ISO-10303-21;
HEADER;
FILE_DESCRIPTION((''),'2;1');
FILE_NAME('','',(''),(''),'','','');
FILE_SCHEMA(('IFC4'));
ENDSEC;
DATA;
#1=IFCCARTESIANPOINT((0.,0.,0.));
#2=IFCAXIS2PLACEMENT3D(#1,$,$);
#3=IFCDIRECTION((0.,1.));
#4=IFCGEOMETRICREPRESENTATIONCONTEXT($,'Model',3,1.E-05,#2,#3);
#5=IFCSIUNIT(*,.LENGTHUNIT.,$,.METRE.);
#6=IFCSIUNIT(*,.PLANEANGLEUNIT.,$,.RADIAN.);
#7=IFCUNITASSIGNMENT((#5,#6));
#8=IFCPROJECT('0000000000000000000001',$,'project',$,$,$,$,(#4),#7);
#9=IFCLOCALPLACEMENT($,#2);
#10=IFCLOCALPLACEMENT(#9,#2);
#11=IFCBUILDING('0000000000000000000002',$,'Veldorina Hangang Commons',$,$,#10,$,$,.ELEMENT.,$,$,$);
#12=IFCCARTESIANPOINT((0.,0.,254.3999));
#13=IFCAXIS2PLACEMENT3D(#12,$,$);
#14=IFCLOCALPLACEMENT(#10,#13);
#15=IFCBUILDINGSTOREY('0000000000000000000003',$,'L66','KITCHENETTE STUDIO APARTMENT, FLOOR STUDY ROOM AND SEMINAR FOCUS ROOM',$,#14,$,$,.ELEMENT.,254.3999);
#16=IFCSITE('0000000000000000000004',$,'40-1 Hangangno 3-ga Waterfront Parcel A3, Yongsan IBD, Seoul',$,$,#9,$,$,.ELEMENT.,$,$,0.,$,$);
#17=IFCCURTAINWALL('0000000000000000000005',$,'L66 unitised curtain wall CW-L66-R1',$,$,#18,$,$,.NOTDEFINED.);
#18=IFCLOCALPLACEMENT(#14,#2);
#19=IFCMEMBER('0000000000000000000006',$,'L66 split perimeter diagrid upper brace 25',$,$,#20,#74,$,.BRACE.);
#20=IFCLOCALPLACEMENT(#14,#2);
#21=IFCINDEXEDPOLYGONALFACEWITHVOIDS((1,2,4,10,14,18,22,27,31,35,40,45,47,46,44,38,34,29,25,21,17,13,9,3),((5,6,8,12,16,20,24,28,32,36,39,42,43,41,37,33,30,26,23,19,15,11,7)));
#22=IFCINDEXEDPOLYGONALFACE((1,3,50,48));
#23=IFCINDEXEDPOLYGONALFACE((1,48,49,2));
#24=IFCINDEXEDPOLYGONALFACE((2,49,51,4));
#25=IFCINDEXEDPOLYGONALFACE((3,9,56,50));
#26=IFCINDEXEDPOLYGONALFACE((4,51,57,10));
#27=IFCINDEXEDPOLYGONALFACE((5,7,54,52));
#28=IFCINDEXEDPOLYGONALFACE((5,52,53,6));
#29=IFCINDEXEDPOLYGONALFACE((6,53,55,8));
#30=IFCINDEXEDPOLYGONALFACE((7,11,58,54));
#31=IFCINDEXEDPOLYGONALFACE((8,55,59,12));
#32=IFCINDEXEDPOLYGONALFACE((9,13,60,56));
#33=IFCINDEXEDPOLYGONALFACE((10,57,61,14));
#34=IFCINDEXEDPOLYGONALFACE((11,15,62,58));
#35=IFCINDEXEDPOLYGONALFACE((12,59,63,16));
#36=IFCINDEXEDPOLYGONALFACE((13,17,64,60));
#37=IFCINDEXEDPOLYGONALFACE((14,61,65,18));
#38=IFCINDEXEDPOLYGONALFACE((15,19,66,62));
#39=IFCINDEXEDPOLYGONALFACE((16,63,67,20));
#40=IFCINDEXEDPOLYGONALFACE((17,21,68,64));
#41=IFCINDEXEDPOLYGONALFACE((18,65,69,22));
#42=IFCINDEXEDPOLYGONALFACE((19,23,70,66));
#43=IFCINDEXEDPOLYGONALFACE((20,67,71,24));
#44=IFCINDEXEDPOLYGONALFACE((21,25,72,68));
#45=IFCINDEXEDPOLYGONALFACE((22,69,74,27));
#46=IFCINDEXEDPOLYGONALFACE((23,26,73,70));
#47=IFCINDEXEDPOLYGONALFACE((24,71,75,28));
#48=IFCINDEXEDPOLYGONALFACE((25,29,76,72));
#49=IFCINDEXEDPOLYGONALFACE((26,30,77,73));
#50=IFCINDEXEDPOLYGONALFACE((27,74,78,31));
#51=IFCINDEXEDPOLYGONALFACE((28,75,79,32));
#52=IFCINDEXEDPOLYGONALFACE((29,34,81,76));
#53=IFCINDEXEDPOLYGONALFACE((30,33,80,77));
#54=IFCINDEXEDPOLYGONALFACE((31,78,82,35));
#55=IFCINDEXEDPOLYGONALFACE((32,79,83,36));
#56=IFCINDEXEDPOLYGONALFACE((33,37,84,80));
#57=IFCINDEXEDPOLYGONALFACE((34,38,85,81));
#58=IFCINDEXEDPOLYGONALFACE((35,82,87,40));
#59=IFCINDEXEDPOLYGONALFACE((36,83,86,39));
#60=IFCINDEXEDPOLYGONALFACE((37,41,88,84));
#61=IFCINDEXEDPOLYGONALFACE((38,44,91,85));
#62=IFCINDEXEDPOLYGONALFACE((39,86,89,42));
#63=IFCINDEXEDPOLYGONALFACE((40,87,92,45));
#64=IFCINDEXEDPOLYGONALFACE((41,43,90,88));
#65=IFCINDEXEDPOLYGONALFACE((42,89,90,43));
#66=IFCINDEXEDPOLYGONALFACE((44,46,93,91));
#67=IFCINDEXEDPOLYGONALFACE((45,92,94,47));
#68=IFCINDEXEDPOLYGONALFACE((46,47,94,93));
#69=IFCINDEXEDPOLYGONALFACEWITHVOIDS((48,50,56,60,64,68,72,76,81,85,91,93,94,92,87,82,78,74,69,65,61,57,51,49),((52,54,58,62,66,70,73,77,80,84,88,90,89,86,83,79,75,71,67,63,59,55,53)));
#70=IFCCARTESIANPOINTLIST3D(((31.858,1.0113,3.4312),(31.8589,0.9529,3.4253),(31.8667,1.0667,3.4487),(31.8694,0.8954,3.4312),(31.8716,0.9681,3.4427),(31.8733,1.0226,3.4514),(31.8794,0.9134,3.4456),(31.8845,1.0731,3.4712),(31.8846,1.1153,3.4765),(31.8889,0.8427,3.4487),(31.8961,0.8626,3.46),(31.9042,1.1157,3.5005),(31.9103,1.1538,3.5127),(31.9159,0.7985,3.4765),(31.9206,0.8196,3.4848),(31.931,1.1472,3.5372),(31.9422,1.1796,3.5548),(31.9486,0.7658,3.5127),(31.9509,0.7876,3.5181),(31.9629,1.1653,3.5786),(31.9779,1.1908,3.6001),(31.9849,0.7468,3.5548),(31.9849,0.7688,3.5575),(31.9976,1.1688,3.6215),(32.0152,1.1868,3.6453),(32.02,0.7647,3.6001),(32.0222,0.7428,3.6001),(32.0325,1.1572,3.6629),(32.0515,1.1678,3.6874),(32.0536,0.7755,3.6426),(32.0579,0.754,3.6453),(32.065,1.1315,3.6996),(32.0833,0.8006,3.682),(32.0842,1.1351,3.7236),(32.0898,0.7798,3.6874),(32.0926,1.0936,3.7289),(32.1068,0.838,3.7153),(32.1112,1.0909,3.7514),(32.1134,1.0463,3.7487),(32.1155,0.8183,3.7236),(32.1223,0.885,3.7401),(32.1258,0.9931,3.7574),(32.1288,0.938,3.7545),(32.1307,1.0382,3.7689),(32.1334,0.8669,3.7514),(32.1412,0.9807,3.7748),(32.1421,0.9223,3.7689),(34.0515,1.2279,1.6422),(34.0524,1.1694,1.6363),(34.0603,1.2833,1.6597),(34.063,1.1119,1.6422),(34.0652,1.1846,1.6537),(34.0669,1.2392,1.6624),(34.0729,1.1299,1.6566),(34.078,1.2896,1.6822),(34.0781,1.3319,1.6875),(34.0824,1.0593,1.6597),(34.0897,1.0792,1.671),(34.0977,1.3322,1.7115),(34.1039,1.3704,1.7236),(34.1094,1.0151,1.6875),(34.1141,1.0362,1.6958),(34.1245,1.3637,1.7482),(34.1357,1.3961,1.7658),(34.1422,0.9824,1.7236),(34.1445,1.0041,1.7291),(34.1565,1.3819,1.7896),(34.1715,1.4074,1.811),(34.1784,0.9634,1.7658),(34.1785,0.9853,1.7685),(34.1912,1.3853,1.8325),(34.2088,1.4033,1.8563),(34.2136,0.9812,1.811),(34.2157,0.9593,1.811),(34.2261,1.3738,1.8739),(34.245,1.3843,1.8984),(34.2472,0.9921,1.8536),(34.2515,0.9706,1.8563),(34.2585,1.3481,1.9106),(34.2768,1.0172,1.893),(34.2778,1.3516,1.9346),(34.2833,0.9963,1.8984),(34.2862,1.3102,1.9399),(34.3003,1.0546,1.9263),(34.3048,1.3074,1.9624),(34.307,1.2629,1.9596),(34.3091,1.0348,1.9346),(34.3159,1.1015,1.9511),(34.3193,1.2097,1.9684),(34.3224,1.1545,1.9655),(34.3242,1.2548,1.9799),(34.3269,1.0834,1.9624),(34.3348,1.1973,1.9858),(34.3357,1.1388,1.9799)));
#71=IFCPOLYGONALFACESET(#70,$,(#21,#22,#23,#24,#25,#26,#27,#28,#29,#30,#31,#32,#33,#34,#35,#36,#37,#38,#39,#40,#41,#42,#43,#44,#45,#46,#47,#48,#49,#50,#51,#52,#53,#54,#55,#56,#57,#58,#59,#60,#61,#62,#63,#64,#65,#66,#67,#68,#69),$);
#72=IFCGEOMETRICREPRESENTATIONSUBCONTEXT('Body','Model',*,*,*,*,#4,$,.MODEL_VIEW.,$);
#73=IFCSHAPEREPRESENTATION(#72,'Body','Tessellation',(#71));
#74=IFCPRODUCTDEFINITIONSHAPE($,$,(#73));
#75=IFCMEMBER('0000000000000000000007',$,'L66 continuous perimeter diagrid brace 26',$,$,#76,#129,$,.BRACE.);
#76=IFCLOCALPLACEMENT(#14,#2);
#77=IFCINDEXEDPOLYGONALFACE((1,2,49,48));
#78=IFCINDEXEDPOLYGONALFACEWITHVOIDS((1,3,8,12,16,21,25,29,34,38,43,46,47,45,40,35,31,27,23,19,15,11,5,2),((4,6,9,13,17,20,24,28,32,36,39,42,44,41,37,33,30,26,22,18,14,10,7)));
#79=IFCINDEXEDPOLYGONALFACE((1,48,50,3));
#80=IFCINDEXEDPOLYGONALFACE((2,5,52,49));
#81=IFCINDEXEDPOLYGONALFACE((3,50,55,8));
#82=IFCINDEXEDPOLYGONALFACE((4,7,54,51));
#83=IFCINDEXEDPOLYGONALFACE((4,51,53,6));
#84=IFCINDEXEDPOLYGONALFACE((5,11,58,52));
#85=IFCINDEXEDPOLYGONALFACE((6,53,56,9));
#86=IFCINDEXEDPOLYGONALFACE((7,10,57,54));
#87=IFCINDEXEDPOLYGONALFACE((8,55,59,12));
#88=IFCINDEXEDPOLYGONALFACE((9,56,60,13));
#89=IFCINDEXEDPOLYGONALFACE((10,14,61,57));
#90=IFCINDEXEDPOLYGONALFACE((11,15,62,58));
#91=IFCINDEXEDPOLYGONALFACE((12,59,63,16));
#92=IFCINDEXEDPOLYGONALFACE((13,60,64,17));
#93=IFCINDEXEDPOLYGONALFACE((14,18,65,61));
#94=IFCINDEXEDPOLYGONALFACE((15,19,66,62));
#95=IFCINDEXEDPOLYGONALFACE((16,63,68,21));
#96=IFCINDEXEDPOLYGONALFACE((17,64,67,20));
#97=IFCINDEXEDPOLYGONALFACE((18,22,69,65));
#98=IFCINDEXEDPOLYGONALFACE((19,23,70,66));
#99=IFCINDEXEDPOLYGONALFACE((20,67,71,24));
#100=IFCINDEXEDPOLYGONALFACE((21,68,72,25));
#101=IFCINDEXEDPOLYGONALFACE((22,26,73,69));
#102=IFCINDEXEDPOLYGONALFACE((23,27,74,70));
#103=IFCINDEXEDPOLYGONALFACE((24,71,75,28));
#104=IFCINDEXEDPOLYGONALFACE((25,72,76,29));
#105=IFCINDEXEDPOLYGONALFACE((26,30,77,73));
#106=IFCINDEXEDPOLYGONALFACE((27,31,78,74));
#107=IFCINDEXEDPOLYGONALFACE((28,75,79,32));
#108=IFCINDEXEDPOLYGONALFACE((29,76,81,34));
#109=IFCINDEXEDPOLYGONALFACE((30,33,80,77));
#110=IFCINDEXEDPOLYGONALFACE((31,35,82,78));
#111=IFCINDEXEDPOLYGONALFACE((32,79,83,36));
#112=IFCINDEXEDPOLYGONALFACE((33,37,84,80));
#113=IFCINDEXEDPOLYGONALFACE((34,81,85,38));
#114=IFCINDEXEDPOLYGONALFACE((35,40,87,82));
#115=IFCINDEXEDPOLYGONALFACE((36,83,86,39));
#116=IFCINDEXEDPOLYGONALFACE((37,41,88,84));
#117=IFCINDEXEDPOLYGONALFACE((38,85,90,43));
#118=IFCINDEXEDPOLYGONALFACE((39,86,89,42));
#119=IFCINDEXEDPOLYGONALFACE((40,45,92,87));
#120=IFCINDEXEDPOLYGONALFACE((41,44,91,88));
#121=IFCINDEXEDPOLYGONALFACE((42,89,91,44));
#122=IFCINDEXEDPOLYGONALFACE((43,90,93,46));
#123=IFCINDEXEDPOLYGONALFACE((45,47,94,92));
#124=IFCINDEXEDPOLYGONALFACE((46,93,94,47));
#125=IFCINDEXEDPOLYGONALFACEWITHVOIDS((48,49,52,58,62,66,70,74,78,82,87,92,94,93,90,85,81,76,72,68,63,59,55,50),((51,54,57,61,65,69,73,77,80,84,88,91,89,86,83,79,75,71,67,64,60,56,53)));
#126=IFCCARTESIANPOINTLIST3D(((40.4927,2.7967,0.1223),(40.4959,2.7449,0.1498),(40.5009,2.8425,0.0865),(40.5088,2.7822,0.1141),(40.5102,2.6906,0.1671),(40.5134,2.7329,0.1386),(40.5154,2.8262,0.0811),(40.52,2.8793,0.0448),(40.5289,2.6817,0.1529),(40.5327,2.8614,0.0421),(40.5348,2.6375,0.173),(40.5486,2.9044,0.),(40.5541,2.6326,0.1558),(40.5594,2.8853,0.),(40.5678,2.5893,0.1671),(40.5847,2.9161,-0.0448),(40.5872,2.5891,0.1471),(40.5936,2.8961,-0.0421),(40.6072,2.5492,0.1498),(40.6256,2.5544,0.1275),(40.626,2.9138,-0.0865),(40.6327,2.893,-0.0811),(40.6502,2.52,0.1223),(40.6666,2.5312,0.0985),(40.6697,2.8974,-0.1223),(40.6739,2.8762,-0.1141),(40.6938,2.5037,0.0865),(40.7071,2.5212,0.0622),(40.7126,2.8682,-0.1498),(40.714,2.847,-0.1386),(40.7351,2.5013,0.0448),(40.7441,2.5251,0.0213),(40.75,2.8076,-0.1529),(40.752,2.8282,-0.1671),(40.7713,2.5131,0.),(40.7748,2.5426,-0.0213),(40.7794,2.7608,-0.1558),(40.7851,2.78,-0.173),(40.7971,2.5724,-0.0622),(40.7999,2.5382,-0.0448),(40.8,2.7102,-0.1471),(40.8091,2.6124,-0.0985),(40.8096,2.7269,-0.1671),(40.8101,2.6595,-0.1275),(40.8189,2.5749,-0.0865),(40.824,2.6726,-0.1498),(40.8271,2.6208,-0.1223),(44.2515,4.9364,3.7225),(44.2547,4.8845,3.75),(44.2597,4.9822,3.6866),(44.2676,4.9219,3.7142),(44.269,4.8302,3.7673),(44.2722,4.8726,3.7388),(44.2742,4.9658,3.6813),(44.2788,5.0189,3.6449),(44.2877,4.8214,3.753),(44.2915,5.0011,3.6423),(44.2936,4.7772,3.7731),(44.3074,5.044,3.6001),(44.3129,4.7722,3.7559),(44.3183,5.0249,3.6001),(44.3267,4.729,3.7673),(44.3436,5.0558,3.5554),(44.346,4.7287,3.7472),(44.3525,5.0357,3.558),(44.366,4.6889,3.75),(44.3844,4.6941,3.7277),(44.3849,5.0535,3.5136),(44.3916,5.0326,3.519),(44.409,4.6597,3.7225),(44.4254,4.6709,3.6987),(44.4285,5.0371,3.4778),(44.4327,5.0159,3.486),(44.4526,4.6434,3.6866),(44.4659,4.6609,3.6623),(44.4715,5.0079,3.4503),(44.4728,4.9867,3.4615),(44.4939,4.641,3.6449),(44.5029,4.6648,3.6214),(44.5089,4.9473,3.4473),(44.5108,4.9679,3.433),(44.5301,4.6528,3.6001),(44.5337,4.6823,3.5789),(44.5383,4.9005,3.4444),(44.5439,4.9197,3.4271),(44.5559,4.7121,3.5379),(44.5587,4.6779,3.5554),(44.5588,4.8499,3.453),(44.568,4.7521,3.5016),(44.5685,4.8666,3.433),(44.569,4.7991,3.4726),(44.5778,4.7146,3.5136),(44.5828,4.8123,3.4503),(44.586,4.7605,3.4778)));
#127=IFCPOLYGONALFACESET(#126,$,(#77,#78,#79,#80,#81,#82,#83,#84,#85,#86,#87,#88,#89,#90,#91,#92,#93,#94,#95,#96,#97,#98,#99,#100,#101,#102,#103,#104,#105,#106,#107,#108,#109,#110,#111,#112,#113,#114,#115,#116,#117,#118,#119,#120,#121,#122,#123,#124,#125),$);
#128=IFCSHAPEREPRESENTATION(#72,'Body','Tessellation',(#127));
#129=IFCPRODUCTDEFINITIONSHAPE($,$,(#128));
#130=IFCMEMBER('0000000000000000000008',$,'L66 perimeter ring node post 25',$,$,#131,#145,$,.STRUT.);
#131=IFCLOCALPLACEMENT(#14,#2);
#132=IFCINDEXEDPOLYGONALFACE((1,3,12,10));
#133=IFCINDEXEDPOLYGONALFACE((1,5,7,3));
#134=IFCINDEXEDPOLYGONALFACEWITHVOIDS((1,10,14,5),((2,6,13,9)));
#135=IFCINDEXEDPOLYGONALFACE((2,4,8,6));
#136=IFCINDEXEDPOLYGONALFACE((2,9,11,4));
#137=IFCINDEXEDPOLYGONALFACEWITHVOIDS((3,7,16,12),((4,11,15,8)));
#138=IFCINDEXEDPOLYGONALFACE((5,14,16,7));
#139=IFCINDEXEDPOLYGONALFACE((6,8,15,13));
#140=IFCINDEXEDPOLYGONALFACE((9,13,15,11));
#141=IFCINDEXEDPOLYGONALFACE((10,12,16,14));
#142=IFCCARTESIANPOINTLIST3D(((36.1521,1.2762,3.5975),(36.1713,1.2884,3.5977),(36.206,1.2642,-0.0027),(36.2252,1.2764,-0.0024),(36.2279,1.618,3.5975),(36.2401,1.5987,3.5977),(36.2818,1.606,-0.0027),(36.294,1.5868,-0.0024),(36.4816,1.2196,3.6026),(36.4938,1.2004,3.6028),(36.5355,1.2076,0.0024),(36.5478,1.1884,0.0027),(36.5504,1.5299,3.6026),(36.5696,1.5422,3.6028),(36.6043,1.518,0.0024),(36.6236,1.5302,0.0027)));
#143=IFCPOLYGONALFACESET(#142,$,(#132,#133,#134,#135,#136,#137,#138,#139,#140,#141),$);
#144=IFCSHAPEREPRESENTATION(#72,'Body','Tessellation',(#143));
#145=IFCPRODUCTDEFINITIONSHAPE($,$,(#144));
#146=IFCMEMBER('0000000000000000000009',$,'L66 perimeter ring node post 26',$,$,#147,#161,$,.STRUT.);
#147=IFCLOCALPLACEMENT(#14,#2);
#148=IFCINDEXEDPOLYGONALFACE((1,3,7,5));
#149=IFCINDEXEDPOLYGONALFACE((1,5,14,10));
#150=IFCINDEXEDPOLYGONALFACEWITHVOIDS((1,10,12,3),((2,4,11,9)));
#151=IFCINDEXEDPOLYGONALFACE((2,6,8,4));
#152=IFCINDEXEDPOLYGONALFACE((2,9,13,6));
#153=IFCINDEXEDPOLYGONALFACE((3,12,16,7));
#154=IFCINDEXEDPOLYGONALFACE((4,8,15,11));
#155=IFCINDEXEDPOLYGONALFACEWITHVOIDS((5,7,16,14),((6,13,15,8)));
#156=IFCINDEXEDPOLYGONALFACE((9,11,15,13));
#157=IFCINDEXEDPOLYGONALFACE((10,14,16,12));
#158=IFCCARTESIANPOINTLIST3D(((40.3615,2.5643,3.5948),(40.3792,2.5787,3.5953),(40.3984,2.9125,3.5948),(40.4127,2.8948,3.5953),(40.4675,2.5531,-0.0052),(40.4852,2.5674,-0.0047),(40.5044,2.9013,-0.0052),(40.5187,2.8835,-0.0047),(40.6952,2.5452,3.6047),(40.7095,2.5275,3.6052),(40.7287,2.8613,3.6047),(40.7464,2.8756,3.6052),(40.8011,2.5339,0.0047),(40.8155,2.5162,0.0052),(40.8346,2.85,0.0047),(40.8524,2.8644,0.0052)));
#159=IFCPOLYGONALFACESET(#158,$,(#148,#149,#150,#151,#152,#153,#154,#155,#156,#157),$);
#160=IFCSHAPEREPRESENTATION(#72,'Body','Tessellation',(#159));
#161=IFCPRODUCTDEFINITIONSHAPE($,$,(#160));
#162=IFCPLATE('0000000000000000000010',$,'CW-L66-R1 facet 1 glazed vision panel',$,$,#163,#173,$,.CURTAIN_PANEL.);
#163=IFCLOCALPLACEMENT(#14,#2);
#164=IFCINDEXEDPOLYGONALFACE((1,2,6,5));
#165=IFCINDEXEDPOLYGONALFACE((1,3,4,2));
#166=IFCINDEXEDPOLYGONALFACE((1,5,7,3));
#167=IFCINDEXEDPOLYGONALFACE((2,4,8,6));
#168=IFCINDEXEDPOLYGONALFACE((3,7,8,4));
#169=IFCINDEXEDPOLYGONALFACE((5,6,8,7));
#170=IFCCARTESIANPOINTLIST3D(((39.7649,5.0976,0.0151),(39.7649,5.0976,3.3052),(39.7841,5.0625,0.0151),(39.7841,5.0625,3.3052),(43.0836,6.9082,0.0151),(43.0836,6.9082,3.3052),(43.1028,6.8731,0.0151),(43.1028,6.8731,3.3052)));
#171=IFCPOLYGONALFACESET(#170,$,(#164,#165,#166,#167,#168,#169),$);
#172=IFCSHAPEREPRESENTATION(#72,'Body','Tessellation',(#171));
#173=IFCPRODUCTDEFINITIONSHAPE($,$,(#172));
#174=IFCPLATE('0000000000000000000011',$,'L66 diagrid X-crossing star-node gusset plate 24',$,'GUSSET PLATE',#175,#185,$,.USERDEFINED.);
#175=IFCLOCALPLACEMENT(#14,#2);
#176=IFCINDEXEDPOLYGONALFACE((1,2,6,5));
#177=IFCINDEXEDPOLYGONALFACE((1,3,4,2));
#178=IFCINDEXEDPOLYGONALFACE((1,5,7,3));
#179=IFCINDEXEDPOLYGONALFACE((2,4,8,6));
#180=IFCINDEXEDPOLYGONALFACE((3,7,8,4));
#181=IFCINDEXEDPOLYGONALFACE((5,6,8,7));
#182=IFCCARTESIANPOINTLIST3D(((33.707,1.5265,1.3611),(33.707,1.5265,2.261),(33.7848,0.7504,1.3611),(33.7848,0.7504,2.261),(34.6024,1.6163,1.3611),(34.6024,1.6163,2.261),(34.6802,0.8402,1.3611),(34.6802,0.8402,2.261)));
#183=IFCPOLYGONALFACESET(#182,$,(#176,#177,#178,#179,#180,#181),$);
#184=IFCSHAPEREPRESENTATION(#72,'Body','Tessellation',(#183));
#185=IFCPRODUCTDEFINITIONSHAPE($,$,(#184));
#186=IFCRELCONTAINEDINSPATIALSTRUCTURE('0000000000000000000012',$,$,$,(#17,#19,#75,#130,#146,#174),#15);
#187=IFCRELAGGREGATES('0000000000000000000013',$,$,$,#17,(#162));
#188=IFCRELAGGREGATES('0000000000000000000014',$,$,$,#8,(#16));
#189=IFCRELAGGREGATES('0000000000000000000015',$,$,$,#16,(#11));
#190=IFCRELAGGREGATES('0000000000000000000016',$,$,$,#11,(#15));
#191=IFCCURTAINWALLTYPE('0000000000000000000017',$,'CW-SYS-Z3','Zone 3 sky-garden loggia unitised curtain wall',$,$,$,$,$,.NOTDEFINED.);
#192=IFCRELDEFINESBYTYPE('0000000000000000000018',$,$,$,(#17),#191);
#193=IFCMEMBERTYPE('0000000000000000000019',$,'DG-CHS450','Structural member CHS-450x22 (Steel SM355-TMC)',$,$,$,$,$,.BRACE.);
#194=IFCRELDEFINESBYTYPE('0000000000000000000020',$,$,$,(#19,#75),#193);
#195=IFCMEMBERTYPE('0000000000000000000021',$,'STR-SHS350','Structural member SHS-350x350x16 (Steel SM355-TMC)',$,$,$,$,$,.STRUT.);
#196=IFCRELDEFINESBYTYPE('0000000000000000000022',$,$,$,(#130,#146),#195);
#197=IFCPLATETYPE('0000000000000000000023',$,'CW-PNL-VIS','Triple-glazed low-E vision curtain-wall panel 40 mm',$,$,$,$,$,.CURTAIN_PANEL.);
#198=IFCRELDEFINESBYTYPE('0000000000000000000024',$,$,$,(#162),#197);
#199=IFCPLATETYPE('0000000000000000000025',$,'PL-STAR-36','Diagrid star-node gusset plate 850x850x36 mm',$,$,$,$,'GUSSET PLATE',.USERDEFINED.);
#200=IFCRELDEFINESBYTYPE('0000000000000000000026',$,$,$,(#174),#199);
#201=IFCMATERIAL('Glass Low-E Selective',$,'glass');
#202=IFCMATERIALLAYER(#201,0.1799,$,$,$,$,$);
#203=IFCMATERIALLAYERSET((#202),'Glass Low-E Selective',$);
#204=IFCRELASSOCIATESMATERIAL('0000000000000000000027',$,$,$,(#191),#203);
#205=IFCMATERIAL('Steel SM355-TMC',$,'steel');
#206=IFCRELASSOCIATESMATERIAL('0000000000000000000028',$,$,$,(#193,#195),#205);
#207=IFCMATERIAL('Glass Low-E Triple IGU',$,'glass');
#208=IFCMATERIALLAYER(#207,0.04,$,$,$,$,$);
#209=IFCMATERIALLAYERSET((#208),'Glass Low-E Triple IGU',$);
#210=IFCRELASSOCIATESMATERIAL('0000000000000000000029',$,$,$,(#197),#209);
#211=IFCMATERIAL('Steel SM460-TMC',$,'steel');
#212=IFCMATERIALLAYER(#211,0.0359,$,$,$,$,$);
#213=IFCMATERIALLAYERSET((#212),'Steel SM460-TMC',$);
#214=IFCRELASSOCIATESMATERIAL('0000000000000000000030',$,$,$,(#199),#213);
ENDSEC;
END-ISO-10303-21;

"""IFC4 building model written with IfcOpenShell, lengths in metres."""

from ifc_helpers import new_model, si_unit, direction, frame, origin, origin_2d, place, context, subcontext, project, spatial, rectangle, hollow_rectangle, hollow_circle, extrude, material, layer, layer_set, material_profile, profile_set, type_object, element, aggregate, save


model = new_model("IFC4")

# Units and contexts
model_context = context("Model", 3, precision=1e-05, world=origin(), true_north=direction((0.0, 1.0)))
body_context = subcontext(model_context, "Body", "Model", "MODEL_VIEW")
ifc_project = project(units=[si_unit("LENGTHUNIT", "METRE"), si_unit("PLANEANGLEUNIT", "RADIAN")], contexts=[model_context])

# Site, building, storey
site_placement = place(None, origin())
site = spatial("IfcSite", under=ifc_project, at=site_placement, Name="40-1 Hangangno 3-ga Waterfront Parcel A3, Yongsan IBD, Seoul", CompositionType="ELEMENT", RefElevation=0.0)
building_placement = place(site_placement, origin())
building = spatial("IfcBuilding", under=site, at=building_placement, Name="Veldorina Hangang Commons", CompositionType="ELEMENT")
storey_placement = place(building_placement, frame((0.0, 0.0, 254.3999)))
storey = spatial("IfcBuildingStorey", under=building, at=storey_placement, Name="L66", Description="KITCHENETTE STUDIO APARTMENT, FLOOR STUDY ROOM AND SEMINAR FOCUS ROOM", CompositionType="ELEMENT", Elevation=254.3999)

# Shared definitions
ifc_material_1 = material(Name="Steel SM355-TMC", Category="steel")

# Curtain wall
ifc_material_2 = material(Name="Glass Low-E Selective", Category="glass")
ifc_layer_1 = layer(ifc_material_2, 0.1799)
ifc_layer_set_1 = layer_set([ifc_layer_1], Name="Glass Low-E Selective")
curtain_wall_type = type_object("IfcCurtainWallType", Name="CW-SYS-Z3", Description="Zone 3 sky-garden loggia unitised curtain wall", PredefinedType="NOTDEFINED", material=ifc_layer_set_1)
curtain_wall_placement = place(storey_placement, origin())
curtain_wall = element("IfcCurtainWall", 1, at=curtain_wall_placement, inside=storey, type_object=curtain_wall_type, Name="L66 unitised curtain wall CW-L66-R1", PredefinedType="NOTDEFINED")

# Members
ifc_material_profile_1 = material_profile(ifc_material_1, hollow_circle(Radius=0.2251, WallThickness=0.022, at=origin_2d()), Name="CHS-450x22")
ifc_profile_set_1 = profile_set([ifc_material_profile_1], Name="Steel SM355-TMC")
member_type_1 = type_object("IfcMemberType", Name="DG-CHS450", Description="Structural member CHS-450x22 (Steel SM355-TMC)", PredefinedType="BRACE", material=ifc_profile_set_1)
member_1_placement = place(storey_placement, frame((34.1936, 1.1833, 1.811), z_axis=(-0.772686, -0.07628, 0.630189), x_axis=(0.098243, -0.995163, 0.0)))
element("IfcMember", 2, at=member_1_placement, inside=storey, type_object=member_type_1, Name="L66 split perimeter diagrid upper brace 25", PredefinedType="BRACE", context=body_context, shape_type="SweptSolid", body=[
    extrude(hollow_circle(Radius=0.2251, WallThickness=0.022, at=origin_2d()), origin(), (0.0, 0.0, 1.0), 2.8389),
])
member_2_placement = place(storey_placement, frame((40.6599, 2.7087, 0.0), z_axis=(0.667948, 0.380222, 0.639748), x_axis=(-0.494704, 0.869062, 0.0)))
element("IfcMember", 3, at=member_2_placement, inside=storey, type_object=member_type_1, Name="L66 continuous perimeter diagrid brace 26", PredefinedType="BRACE", context=body_context, shape_type="SweptSolid", body=[
    extrude(hollow_circle(Radius=0.2251, WallThickness=0.022, at=origin_2d()), origin(), (0.0, 0.0, 1.0), 5.6274),
])
ifc_material_profile_2 = material_profile(ifc_material_1, hollow_rectangle(XDim=0.3501, YDim=0.3501, WallThickness=0.0161, at=origin_2d()), Name="SHS-350x350x16")
ifc_profile_set_2 = profile_set([ifc_material_profile_2], Name="Steel SM355-TMC")
member_type_2 = type_object("IfcMemberType", Name="STR-SHS350", Description="Structural member SHS-350x350x16 (Steel SM355-TMC)", PredefinedType="STRUT", material=ifc_profile_set_2)
member_3_placement = place(storey_placement, frame((36.4148, 1.3972, 0.0), z_axis=(-0.014985, 0.003323, 0.999882), x_axis=(-0.216463, -0.976291, 0.0)))
element("IfcMember", 4, at=member_3_placement, inside=storey, type_object=member_type_2, Name="L66 perimeter ring node post 25", PredefinedType="STRUT", context=body_context, shape_type="SweptSolid", body=[
    extrude(hollow_rectangle(XDim=0.3501, YDim=0.3501, WallThickness=0.0161, at=origin_2d()), origin(), (0.0, 0.0, 1.0), 3.6006),
])
member_4_placement = place(storey_placement, frame((40.6599, 2.7087, 0.0), z_axis=(-0.029419, 0.003118, 0.999562), x_axis=(-0.1054, -0.99443, 0.0)))
element("IfcMember", 5, at=member_4_placement, inside=storey, type_object=member_type_2, Name="L66 perimeter ring node post 26", PredefinedType="STRUT", context=body_context, shape_type="SweptSolid", body=[
    extrude(hollow_rectangle(XDim=0.3501, YDim=0.3501, WallThickness=0.0161, at=origin_2d()), origin(), (0.0, 0.0, 1.0), 3.6016),
])

# Plate
ifc_material_3 = material(Name="Glass Low-E Triple IGU", Category="glass")
ifc_layer_2 = layer(ifc_material_3, 0.04)
ifc_layer_set_2 = layer_set([ifc_layer_2], Name="Glass Low-E Triple IGU")
plate_type_1 = type_object("IfcPlateType", Name="CW-PNL-VIS", Description="Triple-glazed low-E vision curtain-wall panel 40 mm", PredefinedType="CURTAIN_PANEL", material=ifc_layer_set_2)
plate_1_placement = place(storey_placement, frame((41.4338, 5.9854, 0.0151), z_axis=(0.0, 0.0, 1.0), x_axis=(0.877849, 0.478937, 0.0)))
plate_1 = element("IfcPlate", 6, at=plate_1_placement, type_object=plate_type_1, Name="CW-L66-R1 facet 1 glazed vision panel", PredefinedType="CURTAIN_PANEL", context=body_context, shape_type="SweptSolid", body=[
    extrude(rectangle(XDim=3.7805, YDim=0.04, at=origin_2d()), origin(), (0.0, 0.0, 1.0), 3.29),
])
aggregate(curtain_wall, [plate_1])

# Plate
ifc_material_4 = material(Name="Steel SM460-TMC", Category="steel")
ifc_layer_3 = layer(ifc_material_4, 0.0359)
ifc_layer_set_3 = layer_set([ifc_layer_3], Name="Steel SM460-TMC")
plate_type_2 = type_object("IfcPlateType", Name="PL-STAR-36", Description="Diagrid star-node gusset plate 850x850x36 mm", ElementType="GUSSET PLATE", PredefinedType="USERDEFINED", material=ifc_layer_set_3)
plate_2_placement = place(storey_placement, frame((34.1936, 1.1833, 1.3611), z_axis=(0.0, 0.0, 1.0), x_axis=(0.995007, 0.099806, 0.0)))
element("IfcPlate", 7, at=plate_2_placement, inside=storey, type_object=plate_type_2, Name="L66 diagrid X-crossing star-node gusset plate 24", ObjectType="GUSSET PLATE", PredefinedType="USERDEFINED", context=body_context, shape_type="SweptSolid", body=[
    extrude(rectangle(XDim=0.8999, YDim=0.78, at=origin_2d()), origin(), (0.0, 0.0, 1.0), 0.8999),
])

save(model, "model.ifc")
